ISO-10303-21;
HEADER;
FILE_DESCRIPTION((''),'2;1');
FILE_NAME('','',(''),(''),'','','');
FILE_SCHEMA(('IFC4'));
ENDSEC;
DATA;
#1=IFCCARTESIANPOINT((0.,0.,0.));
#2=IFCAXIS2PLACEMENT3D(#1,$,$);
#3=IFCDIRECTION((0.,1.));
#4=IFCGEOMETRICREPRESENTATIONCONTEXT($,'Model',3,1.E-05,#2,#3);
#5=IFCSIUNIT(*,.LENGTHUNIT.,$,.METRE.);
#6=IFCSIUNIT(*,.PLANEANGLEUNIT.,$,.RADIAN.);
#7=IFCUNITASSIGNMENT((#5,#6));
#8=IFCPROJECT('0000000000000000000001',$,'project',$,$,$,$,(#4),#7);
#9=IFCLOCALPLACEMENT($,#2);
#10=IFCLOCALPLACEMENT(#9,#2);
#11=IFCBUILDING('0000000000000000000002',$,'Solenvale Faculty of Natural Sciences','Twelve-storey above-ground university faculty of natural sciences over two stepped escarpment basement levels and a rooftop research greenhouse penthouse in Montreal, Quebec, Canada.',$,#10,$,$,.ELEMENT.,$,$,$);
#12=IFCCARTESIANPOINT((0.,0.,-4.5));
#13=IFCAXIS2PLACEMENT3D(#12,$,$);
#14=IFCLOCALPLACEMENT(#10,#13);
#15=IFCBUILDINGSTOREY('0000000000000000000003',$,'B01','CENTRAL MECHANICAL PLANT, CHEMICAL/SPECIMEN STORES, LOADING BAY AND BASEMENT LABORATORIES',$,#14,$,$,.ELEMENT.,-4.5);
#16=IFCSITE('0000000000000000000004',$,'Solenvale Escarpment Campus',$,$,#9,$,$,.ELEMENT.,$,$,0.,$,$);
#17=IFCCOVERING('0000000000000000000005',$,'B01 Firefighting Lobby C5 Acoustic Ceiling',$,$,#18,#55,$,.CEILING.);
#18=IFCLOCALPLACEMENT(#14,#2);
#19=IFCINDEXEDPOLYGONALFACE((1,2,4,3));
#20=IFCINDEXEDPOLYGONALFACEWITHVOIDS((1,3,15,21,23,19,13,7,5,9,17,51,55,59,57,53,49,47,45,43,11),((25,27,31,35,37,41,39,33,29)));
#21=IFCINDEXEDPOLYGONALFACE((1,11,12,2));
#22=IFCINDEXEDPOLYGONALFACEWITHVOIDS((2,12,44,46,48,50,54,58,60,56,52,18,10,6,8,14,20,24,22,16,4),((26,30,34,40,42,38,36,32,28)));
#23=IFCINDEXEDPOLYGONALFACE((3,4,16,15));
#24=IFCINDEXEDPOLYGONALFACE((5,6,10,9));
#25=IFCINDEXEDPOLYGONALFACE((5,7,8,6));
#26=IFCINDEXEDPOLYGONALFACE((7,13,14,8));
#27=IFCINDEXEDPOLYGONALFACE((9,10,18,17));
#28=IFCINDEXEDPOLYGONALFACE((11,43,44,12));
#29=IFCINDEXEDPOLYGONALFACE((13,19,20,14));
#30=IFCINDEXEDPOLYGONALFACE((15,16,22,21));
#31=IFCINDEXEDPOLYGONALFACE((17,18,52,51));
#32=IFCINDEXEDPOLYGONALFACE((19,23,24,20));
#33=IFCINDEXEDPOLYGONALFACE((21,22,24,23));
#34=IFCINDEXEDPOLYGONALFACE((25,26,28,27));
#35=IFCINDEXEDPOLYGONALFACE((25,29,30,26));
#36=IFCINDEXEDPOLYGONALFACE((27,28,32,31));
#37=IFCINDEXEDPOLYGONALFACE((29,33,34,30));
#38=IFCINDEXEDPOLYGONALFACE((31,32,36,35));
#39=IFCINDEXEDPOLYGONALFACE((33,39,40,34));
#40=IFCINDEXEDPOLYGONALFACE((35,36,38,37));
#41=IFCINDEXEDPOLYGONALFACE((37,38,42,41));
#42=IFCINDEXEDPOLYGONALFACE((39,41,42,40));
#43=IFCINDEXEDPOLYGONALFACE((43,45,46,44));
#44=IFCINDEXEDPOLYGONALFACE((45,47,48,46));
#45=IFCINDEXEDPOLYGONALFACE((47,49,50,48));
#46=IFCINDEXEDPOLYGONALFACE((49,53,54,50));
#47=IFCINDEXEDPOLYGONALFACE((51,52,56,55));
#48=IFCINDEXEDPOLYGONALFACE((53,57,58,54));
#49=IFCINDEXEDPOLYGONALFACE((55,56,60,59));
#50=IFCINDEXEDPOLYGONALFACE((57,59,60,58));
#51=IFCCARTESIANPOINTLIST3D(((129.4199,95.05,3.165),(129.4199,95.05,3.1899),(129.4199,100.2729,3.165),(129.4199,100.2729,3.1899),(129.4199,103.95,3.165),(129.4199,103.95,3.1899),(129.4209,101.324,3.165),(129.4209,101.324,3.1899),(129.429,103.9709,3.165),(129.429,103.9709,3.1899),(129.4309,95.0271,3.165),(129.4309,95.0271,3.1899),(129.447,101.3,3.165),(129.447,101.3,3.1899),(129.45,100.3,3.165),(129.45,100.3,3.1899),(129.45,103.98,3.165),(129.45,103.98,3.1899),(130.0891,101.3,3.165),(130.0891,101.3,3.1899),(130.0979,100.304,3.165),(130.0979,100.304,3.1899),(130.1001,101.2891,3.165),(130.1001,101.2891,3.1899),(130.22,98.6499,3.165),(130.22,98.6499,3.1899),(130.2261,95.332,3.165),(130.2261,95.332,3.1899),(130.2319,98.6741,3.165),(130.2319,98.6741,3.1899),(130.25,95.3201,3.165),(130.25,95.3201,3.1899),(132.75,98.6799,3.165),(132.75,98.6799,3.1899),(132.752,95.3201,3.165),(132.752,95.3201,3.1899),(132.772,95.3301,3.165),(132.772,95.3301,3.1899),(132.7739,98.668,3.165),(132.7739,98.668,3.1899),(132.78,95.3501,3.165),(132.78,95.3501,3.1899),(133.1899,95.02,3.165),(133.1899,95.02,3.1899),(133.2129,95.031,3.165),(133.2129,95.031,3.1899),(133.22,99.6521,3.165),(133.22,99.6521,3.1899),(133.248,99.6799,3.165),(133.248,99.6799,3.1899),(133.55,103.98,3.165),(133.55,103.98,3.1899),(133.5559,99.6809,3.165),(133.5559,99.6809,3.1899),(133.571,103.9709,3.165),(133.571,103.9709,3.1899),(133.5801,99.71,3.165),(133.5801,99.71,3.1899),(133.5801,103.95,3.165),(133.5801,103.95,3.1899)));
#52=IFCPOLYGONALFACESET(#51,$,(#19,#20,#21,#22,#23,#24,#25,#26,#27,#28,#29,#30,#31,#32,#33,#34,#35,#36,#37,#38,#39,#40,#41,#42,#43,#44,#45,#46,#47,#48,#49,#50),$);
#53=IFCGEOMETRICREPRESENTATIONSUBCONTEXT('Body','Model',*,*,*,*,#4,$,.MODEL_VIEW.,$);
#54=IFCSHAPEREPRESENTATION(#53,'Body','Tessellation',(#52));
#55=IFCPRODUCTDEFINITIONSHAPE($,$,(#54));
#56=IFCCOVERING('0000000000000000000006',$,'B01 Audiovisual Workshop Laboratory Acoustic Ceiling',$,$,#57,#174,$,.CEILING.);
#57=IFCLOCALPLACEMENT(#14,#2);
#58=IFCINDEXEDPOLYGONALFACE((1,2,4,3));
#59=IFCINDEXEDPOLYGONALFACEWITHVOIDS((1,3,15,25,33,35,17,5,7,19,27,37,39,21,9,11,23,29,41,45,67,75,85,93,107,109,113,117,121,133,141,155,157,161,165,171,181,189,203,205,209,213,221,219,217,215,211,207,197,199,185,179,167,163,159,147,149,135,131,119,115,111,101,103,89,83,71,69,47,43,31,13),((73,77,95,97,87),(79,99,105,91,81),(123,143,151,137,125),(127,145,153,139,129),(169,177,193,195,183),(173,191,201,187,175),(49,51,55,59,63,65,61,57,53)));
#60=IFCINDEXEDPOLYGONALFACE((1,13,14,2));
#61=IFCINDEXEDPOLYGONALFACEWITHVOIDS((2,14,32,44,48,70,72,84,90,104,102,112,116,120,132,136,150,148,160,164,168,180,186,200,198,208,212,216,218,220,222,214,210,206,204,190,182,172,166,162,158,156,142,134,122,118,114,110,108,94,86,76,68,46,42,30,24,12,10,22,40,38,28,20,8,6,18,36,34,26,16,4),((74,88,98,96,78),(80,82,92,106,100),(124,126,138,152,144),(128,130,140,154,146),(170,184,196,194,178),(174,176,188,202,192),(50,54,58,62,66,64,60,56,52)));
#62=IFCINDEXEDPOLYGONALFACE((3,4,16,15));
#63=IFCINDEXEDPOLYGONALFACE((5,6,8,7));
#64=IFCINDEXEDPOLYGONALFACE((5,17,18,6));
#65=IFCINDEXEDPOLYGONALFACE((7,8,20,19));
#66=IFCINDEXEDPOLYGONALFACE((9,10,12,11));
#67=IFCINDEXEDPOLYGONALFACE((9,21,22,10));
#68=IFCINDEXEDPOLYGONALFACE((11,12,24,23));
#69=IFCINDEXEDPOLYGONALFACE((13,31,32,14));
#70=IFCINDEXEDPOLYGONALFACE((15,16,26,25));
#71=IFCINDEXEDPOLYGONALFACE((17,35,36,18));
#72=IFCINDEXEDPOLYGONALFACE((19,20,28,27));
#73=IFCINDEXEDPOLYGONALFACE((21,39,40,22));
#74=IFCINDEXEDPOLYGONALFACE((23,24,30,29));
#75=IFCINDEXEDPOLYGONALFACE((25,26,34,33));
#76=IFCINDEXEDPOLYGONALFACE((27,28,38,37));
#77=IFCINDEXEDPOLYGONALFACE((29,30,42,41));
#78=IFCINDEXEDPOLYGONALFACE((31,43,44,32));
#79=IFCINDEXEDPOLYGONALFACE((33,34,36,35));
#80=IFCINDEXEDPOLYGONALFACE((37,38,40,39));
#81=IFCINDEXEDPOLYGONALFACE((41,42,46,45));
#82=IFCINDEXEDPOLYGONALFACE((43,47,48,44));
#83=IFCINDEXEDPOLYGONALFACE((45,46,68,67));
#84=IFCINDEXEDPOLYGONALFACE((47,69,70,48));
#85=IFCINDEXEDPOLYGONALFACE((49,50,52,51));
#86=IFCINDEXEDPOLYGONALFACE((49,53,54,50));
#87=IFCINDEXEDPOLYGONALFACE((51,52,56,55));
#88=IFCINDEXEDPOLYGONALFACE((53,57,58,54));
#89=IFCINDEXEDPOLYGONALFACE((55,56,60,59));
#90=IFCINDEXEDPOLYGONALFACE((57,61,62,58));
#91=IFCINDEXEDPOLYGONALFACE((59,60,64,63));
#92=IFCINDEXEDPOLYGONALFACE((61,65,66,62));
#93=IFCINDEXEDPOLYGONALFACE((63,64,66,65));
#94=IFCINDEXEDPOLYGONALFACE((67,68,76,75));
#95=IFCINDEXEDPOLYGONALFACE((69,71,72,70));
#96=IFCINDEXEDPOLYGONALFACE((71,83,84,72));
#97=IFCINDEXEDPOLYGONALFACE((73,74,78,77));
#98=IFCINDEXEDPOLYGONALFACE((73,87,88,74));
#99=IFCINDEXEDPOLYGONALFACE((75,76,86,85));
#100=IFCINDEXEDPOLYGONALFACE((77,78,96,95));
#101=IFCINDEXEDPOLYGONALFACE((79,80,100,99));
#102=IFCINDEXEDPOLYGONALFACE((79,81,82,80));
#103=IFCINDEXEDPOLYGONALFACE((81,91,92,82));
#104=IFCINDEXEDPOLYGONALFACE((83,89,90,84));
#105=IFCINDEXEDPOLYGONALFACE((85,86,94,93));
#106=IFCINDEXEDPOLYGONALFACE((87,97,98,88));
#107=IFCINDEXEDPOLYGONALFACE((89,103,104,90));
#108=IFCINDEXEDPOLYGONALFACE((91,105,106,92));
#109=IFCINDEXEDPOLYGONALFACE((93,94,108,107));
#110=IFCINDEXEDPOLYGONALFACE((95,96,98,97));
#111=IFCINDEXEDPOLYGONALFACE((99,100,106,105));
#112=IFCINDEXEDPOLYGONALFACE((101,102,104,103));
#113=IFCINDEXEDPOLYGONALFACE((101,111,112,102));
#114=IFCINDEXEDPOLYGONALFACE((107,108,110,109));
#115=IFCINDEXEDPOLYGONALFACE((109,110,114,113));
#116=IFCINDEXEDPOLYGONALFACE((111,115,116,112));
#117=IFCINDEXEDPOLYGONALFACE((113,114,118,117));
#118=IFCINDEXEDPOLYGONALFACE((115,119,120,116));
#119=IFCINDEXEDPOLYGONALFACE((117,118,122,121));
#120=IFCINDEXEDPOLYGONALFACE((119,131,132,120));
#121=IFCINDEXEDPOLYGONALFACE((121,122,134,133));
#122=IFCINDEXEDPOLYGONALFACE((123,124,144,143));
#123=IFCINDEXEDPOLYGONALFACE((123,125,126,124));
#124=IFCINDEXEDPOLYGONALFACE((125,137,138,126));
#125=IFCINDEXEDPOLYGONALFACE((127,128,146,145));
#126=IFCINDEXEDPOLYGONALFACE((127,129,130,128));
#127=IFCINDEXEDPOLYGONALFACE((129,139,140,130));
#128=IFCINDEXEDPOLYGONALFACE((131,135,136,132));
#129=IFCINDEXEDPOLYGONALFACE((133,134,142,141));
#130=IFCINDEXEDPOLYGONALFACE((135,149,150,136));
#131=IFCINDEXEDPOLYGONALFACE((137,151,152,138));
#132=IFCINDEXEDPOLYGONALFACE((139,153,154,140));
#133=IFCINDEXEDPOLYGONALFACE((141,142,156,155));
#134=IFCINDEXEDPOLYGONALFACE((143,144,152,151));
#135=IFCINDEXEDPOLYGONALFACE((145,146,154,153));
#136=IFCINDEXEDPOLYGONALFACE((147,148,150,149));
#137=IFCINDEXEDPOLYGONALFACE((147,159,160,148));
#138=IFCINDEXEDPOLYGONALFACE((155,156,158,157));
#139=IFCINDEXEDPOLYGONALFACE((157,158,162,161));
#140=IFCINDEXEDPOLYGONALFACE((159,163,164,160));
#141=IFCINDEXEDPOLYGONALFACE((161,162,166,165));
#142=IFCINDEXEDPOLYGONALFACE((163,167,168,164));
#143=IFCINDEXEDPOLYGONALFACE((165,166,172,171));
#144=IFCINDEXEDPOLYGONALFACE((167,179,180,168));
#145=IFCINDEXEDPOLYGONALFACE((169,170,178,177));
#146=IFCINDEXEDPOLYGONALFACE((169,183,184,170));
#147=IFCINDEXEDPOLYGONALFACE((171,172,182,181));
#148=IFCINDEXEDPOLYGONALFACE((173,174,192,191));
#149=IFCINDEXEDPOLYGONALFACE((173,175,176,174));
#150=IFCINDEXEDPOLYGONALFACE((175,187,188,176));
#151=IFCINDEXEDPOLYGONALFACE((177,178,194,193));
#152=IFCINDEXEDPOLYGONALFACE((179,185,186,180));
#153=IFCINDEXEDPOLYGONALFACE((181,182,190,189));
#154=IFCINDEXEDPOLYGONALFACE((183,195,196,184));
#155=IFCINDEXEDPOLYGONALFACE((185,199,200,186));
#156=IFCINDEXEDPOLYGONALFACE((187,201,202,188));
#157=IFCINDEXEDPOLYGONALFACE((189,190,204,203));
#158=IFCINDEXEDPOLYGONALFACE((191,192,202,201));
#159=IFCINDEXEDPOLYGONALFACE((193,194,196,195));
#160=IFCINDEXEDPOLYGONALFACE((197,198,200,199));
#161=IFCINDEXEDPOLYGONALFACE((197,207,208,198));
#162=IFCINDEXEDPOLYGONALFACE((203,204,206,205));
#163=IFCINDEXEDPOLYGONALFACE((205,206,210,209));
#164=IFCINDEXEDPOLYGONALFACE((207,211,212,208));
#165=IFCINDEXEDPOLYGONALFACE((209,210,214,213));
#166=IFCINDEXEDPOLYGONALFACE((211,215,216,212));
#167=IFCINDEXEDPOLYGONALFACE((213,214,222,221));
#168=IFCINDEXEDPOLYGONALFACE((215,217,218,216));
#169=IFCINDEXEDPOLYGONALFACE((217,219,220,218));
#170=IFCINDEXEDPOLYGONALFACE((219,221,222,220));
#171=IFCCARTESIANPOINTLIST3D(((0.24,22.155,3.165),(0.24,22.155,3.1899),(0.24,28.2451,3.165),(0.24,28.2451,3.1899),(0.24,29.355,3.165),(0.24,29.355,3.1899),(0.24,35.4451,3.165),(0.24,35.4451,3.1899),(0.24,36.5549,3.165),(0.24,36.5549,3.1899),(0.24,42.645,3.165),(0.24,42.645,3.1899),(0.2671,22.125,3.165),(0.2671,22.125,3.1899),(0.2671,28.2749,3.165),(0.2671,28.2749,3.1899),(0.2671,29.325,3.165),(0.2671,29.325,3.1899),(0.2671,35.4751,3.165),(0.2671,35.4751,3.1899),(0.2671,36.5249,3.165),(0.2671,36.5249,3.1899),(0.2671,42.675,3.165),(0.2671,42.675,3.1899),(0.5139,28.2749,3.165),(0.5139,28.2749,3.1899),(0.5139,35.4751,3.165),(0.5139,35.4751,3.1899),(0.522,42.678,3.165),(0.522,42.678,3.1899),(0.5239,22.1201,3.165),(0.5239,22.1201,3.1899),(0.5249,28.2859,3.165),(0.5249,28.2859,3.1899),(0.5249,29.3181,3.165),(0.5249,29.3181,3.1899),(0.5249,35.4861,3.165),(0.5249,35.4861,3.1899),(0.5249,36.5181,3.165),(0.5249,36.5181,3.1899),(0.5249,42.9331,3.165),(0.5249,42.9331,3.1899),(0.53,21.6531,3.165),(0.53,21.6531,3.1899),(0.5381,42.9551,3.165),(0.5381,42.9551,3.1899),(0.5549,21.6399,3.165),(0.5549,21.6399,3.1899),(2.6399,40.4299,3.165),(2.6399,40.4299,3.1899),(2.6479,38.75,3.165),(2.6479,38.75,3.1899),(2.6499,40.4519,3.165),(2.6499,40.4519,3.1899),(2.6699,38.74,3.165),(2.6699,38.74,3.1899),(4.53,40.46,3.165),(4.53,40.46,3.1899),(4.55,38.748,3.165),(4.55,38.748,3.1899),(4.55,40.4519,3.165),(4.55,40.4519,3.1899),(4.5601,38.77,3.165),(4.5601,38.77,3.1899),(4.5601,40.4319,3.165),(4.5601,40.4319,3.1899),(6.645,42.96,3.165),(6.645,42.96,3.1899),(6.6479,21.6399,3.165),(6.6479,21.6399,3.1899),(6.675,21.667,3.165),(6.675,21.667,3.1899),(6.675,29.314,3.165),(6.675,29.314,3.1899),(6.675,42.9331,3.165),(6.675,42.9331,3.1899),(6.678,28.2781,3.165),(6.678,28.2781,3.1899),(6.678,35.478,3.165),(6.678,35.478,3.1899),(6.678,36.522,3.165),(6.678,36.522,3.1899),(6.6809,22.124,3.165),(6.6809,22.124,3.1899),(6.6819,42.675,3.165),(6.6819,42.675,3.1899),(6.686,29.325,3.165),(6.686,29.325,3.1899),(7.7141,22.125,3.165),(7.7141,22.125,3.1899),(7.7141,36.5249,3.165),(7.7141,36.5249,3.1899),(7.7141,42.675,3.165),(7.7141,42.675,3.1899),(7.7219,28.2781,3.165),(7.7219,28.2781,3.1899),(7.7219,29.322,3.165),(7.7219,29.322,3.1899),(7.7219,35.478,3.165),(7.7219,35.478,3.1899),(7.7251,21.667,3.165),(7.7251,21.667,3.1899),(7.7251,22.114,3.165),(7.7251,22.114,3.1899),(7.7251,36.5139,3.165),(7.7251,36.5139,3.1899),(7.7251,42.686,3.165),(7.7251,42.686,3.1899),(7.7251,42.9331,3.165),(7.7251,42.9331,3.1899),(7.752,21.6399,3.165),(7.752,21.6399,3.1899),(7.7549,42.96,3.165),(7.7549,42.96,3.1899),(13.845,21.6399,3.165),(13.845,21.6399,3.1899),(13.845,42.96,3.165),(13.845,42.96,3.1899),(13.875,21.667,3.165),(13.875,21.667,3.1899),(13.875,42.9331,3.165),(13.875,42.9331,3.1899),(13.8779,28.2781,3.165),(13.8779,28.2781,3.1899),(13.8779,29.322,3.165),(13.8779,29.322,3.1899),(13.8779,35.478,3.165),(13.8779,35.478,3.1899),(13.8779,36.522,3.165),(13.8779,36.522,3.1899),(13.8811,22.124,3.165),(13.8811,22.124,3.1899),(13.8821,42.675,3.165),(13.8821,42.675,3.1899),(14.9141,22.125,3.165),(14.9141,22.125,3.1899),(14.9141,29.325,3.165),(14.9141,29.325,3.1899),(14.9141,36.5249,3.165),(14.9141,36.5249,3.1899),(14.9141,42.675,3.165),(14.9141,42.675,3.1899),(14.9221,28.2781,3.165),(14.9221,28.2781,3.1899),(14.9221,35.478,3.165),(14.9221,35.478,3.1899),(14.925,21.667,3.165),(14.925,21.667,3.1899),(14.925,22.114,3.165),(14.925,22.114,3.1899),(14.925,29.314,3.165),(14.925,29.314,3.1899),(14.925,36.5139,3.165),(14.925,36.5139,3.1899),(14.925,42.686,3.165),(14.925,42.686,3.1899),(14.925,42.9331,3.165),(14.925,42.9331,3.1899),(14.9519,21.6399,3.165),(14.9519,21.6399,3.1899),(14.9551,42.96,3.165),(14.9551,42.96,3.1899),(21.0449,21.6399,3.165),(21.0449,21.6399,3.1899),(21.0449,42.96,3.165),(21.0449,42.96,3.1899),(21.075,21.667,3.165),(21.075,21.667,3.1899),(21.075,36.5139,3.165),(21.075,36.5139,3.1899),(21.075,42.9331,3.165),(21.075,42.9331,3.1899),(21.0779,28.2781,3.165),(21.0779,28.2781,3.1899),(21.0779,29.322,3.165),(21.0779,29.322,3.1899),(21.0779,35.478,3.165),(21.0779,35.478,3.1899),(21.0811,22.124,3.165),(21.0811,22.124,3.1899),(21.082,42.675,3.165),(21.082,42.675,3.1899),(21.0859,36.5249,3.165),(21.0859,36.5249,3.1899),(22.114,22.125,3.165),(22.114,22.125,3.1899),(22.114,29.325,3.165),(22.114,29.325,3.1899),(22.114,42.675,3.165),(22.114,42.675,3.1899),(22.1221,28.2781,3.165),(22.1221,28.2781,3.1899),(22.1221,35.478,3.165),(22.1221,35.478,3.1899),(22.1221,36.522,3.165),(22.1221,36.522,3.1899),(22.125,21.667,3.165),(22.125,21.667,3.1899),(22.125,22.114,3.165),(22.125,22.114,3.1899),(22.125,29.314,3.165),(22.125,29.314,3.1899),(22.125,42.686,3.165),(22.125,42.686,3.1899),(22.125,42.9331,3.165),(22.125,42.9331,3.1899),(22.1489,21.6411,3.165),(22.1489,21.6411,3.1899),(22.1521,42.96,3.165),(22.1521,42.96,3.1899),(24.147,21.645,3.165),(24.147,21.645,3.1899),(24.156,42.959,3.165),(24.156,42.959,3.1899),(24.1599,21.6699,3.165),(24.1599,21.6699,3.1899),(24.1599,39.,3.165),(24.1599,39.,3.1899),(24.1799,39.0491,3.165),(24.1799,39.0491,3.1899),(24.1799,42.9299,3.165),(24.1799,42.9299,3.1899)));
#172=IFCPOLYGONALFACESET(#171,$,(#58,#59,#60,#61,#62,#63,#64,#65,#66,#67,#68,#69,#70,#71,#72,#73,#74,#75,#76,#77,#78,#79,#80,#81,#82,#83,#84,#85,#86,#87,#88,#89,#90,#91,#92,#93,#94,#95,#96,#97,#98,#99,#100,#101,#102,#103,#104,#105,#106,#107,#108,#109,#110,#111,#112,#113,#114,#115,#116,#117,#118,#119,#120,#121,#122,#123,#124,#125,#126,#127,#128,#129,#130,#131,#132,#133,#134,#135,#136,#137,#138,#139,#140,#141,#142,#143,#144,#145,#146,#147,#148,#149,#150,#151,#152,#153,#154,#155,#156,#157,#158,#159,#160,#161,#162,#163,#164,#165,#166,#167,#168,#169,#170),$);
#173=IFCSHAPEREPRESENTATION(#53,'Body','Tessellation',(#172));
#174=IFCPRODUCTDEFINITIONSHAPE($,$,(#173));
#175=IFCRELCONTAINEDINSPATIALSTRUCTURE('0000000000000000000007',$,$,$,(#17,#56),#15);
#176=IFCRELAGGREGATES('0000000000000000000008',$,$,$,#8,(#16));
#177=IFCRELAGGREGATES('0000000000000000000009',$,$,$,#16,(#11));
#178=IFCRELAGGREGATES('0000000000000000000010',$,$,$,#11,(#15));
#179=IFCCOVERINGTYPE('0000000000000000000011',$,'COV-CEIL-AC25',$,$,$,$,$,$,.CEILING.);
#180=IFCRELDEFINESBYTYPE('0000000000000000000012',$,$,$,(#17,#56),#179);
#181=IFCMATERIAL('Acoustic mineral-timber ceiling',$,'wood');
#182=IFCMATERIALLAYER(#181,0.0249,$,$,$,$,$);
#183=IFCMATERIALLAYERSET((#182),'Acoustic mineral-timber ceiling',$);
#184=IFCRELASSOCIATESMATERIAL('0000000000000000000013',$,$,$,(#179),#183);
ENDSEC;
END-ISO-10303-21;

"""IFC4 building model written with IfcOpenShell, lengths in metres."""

from ifc_helpers import new_model, si_unit, direction, frame, origin, place, context, subcontext, project, spatial, polyline, outline, extrude, material, layer, layer_set, type_object, element, save


model = new_model("IFC4")

# Units and contexts
model_context = context("Model", 3, precision=1e-05, world=origin(), true_north=direction((0.0, 1.0)))
body_context = subcontext(model_context, "Body", "Model", "MODEL_VIEW")
ifc_project = project(units=[si_unit("LENGTHUNIT", "METRE"), si_unit("PLANEANGLEUNIT", "RADIAN")], contexts=[model_context])

# Site, building, storey
site_placement = place(None, origin())
site = spatial("IfcSite", under=ifc_project, at=site_placement, Name="Solenvale Escarpment Campus", CompositionType="ELEMENT", RefElevation=0.0)
building_placement = place(site_placement, origin())
building = spatial("IfcBuilding", under=site, at=building_placement, Name="Solenvale Faculty of Natural Sciences", Description="Twelve-storey above-ground university faculty of natural sciences over two stepped escarpment basement levels and a rooftop research greenhouse penthouse in Montreal, Quebec, Canada.", CompositionType="ELEMENT")
storey_placement = place(building_placement, frame((0.0, 0.0, -4.5)))
storey = spatial("IfcBuildingStorey", under=building, at=storey_placement, Name="B01", Description="CENTRAL MECHANICAL PLANT, CHEMICAL/SPECIMEN STORES, LOADING BAY AND BASEMENT LABORATORIES", CompositionType="ELEMENT", Elevation=-4.5)

# Coverings
ifc_material_1 = material(Name="Acoustic mineral-timber ceiling", Category="wood")
ifc_layer_1 = layer(ifc_material_1, 0.0249)
ifc_layer_set_1 = layer_set([ifc_layer_1], Name="Acoustic mineral-timber ceiling")
covering_type_1 = type_object("IfcCoveringType", Name="COV-CEIL-AC25", PredefinedType="CEILING", material=ifc_layer_set_1)
covering_1_placement = place(storey_placement, frame((0.0, 0.0, 3.165)))
element("IfcCovering", 1, at=covering_1_placement, inside=storey, type_object=covering_type_1, Name="B01 Firefighting Lobby C5 Acoustic Ceiling", PredefinedType="CEILING", context=body_context, shape_type="SweptSolid", body=[
    extrude(outline(polyline([(133.5801, 99.71), (133.5559, 99.6809), (133.248, 99.6799), (133.22, 99.6521), (133.2129, 95.031), (133.1899, 95.02), (129.4309, 95.0271), (129.4199, 95.05), (129.4199, 100.2729), (129.45, 100.3), (130.0979, 100.304), (130.1001, 101.2891), (130.0891, 101.3), (129.447, 101.3), (129.4209, 101.324), (129.4199, 103.95), (129.429, 103.9709), (129.45, 103.98), (133.55, 103.98), (133.571, 103.9709), (133.5801, 103.95), (133.5801, 99.71)]), holes=[polyline([(132.752, 95.3201), (132.772, 95.3301), (132.78, 95.3501), (132.7739, 98.668), (132.75, 98.6799), (130.2319, 98.6741), (130.22, 98.6499), (130.2261, 95.332), (130.25, 95.3201), (132.752, 95.3201)])]), origin(), (0.0, 0.0, 1.0), 0.0249),
])
covering_2_placement = place(storey_placement, frame((0.0, 0.0, 3.165)))
element("IfcCovering", 2, at=covering_2_placement, inside=storey, type_object=covering_type_1, Name="B01 Audiovisual Workshop Laboratory Acoustic Ceiling", PredefinedType="CEILING", context=body_context, shape_type="SweptSolid", body=[
    extrude(outline(polyline([(24.1799, 39.0491), (24.1599, 39.0), (24.1599, 21.6699), (24.147, 21.645), (22.1489, 21.6411), (22.125, 21.667), (22.125, 22.114), (22.114, 22.125), (21.0811, 22.124), (21.075, 21.667), (21.0449, 21.6399), (14.9519, 21.6399), (14.925, 21.667), (14.925, 22.114), (14.9141, 22.125), (13.8811, 22.124), (13.875, 21.667), (13.845, 21.6399), (7.752, 21.6399), (7.7251, 21.667), (7.7251, 22.114), (7.7141, 22.125), (6.6809, 22.124), (6.675, 21.667), (6.6479, 21.6399), (0.5549, 21.6399), (0.53, 21.6531), (0.5239, 22.1201), (0.2671, 22.125), (0.24, 22.155), (0.24, 28.2451), (0.2671, 28.2749), (0.5139, 28.2749), (0.5249, 28.2859), (0.5249, 29.3181), (0.2671, 29.325), (0.24, 29.355), (0.24, 35.4451), (0.2671, 35.4751), (0.5139, 35.4751), (0.5249, 35.4861), (0.5249, 36.5181), (0.2671, 36.5249), (0.24, 36.5549), (0.24, 42.645), (0.2671, 42.675), (0.522, 42.678), (0.5249, 42.9331), (0.5381, 42.9551), (6.645, 42.96), (6.675, 42.9331), (6.6819, 42.675), (7.7141, 42.675), (7.7251, 42.686), (7.7251, 42.9331), (7.7549, 42.96), (13.845, 42.96), (13.875, 42.9331), (13.8821, 42.675), (14.9141, 42.675), (14.925, 42.686), (14.925, 42.9331), (14.9551, 42.96), (21.0449, 42.96), (21.075, 42.9331), (21.082, 42.675), (22.114, 42.675), (22.125, 42.686), (22.125, 42.9331), (22.1521, 42.96), (24.156, 42.959), (24.1799, 42.9299), (24.1799, 39.0491)]), holes=[polyline([(21.0859, 36.5249), (21.075, 36.5139), (21.0779, 35.478), (22.1221, 35.478), (22.1221, 36.522), (21.0859, 36.5249)]), polyline([(22.125, 29.314), (22.114, 29.325), (21.0779, 29.322), (21.0779, 28.2781), (22.1221, 28.2781), (22.125, 29.314)]), polyline([(14.925, 29.314), (14.9141, 29.325), (13.8779, 29.322), (13.8779, 28.2781), (14.9221, 28.2781), (14.925, 29.314)]), polyline([(14.925, 36.5139), (14.9141, 36.5249), (13.8779, 36.522), (13.8779, 35.478), (14.9221, 35.478), (14.925, 36.5139)]), polyline([(6.686, 29.325), (6.675, 29.314), (6.678, 28.2781), (7.7219, 28.2781), (7.7219, 29.322), (6.686, 29.325)]), polyline([(7.7251, 36.5139), (7.7141, 36.5249), (6.678, 36.522), (6.678, 35.478), (7.7219, 35.478), (7.7251, 36.5139)]), polyline([(4.5601, 40.4319), (4.55, 40.4519), (4.53, 40.46), (2.6499, 40.4519), (2.6399, 40.4299), (2.6479, 38.75), (2.6699, 38.74), (4.55, 38.748), (4.5601, 38.77), (4.5601, 40.4319)])]), origin(), (0.0, 0.0, 1.0), 0.0249),
])

save(model, "model.ifc")
